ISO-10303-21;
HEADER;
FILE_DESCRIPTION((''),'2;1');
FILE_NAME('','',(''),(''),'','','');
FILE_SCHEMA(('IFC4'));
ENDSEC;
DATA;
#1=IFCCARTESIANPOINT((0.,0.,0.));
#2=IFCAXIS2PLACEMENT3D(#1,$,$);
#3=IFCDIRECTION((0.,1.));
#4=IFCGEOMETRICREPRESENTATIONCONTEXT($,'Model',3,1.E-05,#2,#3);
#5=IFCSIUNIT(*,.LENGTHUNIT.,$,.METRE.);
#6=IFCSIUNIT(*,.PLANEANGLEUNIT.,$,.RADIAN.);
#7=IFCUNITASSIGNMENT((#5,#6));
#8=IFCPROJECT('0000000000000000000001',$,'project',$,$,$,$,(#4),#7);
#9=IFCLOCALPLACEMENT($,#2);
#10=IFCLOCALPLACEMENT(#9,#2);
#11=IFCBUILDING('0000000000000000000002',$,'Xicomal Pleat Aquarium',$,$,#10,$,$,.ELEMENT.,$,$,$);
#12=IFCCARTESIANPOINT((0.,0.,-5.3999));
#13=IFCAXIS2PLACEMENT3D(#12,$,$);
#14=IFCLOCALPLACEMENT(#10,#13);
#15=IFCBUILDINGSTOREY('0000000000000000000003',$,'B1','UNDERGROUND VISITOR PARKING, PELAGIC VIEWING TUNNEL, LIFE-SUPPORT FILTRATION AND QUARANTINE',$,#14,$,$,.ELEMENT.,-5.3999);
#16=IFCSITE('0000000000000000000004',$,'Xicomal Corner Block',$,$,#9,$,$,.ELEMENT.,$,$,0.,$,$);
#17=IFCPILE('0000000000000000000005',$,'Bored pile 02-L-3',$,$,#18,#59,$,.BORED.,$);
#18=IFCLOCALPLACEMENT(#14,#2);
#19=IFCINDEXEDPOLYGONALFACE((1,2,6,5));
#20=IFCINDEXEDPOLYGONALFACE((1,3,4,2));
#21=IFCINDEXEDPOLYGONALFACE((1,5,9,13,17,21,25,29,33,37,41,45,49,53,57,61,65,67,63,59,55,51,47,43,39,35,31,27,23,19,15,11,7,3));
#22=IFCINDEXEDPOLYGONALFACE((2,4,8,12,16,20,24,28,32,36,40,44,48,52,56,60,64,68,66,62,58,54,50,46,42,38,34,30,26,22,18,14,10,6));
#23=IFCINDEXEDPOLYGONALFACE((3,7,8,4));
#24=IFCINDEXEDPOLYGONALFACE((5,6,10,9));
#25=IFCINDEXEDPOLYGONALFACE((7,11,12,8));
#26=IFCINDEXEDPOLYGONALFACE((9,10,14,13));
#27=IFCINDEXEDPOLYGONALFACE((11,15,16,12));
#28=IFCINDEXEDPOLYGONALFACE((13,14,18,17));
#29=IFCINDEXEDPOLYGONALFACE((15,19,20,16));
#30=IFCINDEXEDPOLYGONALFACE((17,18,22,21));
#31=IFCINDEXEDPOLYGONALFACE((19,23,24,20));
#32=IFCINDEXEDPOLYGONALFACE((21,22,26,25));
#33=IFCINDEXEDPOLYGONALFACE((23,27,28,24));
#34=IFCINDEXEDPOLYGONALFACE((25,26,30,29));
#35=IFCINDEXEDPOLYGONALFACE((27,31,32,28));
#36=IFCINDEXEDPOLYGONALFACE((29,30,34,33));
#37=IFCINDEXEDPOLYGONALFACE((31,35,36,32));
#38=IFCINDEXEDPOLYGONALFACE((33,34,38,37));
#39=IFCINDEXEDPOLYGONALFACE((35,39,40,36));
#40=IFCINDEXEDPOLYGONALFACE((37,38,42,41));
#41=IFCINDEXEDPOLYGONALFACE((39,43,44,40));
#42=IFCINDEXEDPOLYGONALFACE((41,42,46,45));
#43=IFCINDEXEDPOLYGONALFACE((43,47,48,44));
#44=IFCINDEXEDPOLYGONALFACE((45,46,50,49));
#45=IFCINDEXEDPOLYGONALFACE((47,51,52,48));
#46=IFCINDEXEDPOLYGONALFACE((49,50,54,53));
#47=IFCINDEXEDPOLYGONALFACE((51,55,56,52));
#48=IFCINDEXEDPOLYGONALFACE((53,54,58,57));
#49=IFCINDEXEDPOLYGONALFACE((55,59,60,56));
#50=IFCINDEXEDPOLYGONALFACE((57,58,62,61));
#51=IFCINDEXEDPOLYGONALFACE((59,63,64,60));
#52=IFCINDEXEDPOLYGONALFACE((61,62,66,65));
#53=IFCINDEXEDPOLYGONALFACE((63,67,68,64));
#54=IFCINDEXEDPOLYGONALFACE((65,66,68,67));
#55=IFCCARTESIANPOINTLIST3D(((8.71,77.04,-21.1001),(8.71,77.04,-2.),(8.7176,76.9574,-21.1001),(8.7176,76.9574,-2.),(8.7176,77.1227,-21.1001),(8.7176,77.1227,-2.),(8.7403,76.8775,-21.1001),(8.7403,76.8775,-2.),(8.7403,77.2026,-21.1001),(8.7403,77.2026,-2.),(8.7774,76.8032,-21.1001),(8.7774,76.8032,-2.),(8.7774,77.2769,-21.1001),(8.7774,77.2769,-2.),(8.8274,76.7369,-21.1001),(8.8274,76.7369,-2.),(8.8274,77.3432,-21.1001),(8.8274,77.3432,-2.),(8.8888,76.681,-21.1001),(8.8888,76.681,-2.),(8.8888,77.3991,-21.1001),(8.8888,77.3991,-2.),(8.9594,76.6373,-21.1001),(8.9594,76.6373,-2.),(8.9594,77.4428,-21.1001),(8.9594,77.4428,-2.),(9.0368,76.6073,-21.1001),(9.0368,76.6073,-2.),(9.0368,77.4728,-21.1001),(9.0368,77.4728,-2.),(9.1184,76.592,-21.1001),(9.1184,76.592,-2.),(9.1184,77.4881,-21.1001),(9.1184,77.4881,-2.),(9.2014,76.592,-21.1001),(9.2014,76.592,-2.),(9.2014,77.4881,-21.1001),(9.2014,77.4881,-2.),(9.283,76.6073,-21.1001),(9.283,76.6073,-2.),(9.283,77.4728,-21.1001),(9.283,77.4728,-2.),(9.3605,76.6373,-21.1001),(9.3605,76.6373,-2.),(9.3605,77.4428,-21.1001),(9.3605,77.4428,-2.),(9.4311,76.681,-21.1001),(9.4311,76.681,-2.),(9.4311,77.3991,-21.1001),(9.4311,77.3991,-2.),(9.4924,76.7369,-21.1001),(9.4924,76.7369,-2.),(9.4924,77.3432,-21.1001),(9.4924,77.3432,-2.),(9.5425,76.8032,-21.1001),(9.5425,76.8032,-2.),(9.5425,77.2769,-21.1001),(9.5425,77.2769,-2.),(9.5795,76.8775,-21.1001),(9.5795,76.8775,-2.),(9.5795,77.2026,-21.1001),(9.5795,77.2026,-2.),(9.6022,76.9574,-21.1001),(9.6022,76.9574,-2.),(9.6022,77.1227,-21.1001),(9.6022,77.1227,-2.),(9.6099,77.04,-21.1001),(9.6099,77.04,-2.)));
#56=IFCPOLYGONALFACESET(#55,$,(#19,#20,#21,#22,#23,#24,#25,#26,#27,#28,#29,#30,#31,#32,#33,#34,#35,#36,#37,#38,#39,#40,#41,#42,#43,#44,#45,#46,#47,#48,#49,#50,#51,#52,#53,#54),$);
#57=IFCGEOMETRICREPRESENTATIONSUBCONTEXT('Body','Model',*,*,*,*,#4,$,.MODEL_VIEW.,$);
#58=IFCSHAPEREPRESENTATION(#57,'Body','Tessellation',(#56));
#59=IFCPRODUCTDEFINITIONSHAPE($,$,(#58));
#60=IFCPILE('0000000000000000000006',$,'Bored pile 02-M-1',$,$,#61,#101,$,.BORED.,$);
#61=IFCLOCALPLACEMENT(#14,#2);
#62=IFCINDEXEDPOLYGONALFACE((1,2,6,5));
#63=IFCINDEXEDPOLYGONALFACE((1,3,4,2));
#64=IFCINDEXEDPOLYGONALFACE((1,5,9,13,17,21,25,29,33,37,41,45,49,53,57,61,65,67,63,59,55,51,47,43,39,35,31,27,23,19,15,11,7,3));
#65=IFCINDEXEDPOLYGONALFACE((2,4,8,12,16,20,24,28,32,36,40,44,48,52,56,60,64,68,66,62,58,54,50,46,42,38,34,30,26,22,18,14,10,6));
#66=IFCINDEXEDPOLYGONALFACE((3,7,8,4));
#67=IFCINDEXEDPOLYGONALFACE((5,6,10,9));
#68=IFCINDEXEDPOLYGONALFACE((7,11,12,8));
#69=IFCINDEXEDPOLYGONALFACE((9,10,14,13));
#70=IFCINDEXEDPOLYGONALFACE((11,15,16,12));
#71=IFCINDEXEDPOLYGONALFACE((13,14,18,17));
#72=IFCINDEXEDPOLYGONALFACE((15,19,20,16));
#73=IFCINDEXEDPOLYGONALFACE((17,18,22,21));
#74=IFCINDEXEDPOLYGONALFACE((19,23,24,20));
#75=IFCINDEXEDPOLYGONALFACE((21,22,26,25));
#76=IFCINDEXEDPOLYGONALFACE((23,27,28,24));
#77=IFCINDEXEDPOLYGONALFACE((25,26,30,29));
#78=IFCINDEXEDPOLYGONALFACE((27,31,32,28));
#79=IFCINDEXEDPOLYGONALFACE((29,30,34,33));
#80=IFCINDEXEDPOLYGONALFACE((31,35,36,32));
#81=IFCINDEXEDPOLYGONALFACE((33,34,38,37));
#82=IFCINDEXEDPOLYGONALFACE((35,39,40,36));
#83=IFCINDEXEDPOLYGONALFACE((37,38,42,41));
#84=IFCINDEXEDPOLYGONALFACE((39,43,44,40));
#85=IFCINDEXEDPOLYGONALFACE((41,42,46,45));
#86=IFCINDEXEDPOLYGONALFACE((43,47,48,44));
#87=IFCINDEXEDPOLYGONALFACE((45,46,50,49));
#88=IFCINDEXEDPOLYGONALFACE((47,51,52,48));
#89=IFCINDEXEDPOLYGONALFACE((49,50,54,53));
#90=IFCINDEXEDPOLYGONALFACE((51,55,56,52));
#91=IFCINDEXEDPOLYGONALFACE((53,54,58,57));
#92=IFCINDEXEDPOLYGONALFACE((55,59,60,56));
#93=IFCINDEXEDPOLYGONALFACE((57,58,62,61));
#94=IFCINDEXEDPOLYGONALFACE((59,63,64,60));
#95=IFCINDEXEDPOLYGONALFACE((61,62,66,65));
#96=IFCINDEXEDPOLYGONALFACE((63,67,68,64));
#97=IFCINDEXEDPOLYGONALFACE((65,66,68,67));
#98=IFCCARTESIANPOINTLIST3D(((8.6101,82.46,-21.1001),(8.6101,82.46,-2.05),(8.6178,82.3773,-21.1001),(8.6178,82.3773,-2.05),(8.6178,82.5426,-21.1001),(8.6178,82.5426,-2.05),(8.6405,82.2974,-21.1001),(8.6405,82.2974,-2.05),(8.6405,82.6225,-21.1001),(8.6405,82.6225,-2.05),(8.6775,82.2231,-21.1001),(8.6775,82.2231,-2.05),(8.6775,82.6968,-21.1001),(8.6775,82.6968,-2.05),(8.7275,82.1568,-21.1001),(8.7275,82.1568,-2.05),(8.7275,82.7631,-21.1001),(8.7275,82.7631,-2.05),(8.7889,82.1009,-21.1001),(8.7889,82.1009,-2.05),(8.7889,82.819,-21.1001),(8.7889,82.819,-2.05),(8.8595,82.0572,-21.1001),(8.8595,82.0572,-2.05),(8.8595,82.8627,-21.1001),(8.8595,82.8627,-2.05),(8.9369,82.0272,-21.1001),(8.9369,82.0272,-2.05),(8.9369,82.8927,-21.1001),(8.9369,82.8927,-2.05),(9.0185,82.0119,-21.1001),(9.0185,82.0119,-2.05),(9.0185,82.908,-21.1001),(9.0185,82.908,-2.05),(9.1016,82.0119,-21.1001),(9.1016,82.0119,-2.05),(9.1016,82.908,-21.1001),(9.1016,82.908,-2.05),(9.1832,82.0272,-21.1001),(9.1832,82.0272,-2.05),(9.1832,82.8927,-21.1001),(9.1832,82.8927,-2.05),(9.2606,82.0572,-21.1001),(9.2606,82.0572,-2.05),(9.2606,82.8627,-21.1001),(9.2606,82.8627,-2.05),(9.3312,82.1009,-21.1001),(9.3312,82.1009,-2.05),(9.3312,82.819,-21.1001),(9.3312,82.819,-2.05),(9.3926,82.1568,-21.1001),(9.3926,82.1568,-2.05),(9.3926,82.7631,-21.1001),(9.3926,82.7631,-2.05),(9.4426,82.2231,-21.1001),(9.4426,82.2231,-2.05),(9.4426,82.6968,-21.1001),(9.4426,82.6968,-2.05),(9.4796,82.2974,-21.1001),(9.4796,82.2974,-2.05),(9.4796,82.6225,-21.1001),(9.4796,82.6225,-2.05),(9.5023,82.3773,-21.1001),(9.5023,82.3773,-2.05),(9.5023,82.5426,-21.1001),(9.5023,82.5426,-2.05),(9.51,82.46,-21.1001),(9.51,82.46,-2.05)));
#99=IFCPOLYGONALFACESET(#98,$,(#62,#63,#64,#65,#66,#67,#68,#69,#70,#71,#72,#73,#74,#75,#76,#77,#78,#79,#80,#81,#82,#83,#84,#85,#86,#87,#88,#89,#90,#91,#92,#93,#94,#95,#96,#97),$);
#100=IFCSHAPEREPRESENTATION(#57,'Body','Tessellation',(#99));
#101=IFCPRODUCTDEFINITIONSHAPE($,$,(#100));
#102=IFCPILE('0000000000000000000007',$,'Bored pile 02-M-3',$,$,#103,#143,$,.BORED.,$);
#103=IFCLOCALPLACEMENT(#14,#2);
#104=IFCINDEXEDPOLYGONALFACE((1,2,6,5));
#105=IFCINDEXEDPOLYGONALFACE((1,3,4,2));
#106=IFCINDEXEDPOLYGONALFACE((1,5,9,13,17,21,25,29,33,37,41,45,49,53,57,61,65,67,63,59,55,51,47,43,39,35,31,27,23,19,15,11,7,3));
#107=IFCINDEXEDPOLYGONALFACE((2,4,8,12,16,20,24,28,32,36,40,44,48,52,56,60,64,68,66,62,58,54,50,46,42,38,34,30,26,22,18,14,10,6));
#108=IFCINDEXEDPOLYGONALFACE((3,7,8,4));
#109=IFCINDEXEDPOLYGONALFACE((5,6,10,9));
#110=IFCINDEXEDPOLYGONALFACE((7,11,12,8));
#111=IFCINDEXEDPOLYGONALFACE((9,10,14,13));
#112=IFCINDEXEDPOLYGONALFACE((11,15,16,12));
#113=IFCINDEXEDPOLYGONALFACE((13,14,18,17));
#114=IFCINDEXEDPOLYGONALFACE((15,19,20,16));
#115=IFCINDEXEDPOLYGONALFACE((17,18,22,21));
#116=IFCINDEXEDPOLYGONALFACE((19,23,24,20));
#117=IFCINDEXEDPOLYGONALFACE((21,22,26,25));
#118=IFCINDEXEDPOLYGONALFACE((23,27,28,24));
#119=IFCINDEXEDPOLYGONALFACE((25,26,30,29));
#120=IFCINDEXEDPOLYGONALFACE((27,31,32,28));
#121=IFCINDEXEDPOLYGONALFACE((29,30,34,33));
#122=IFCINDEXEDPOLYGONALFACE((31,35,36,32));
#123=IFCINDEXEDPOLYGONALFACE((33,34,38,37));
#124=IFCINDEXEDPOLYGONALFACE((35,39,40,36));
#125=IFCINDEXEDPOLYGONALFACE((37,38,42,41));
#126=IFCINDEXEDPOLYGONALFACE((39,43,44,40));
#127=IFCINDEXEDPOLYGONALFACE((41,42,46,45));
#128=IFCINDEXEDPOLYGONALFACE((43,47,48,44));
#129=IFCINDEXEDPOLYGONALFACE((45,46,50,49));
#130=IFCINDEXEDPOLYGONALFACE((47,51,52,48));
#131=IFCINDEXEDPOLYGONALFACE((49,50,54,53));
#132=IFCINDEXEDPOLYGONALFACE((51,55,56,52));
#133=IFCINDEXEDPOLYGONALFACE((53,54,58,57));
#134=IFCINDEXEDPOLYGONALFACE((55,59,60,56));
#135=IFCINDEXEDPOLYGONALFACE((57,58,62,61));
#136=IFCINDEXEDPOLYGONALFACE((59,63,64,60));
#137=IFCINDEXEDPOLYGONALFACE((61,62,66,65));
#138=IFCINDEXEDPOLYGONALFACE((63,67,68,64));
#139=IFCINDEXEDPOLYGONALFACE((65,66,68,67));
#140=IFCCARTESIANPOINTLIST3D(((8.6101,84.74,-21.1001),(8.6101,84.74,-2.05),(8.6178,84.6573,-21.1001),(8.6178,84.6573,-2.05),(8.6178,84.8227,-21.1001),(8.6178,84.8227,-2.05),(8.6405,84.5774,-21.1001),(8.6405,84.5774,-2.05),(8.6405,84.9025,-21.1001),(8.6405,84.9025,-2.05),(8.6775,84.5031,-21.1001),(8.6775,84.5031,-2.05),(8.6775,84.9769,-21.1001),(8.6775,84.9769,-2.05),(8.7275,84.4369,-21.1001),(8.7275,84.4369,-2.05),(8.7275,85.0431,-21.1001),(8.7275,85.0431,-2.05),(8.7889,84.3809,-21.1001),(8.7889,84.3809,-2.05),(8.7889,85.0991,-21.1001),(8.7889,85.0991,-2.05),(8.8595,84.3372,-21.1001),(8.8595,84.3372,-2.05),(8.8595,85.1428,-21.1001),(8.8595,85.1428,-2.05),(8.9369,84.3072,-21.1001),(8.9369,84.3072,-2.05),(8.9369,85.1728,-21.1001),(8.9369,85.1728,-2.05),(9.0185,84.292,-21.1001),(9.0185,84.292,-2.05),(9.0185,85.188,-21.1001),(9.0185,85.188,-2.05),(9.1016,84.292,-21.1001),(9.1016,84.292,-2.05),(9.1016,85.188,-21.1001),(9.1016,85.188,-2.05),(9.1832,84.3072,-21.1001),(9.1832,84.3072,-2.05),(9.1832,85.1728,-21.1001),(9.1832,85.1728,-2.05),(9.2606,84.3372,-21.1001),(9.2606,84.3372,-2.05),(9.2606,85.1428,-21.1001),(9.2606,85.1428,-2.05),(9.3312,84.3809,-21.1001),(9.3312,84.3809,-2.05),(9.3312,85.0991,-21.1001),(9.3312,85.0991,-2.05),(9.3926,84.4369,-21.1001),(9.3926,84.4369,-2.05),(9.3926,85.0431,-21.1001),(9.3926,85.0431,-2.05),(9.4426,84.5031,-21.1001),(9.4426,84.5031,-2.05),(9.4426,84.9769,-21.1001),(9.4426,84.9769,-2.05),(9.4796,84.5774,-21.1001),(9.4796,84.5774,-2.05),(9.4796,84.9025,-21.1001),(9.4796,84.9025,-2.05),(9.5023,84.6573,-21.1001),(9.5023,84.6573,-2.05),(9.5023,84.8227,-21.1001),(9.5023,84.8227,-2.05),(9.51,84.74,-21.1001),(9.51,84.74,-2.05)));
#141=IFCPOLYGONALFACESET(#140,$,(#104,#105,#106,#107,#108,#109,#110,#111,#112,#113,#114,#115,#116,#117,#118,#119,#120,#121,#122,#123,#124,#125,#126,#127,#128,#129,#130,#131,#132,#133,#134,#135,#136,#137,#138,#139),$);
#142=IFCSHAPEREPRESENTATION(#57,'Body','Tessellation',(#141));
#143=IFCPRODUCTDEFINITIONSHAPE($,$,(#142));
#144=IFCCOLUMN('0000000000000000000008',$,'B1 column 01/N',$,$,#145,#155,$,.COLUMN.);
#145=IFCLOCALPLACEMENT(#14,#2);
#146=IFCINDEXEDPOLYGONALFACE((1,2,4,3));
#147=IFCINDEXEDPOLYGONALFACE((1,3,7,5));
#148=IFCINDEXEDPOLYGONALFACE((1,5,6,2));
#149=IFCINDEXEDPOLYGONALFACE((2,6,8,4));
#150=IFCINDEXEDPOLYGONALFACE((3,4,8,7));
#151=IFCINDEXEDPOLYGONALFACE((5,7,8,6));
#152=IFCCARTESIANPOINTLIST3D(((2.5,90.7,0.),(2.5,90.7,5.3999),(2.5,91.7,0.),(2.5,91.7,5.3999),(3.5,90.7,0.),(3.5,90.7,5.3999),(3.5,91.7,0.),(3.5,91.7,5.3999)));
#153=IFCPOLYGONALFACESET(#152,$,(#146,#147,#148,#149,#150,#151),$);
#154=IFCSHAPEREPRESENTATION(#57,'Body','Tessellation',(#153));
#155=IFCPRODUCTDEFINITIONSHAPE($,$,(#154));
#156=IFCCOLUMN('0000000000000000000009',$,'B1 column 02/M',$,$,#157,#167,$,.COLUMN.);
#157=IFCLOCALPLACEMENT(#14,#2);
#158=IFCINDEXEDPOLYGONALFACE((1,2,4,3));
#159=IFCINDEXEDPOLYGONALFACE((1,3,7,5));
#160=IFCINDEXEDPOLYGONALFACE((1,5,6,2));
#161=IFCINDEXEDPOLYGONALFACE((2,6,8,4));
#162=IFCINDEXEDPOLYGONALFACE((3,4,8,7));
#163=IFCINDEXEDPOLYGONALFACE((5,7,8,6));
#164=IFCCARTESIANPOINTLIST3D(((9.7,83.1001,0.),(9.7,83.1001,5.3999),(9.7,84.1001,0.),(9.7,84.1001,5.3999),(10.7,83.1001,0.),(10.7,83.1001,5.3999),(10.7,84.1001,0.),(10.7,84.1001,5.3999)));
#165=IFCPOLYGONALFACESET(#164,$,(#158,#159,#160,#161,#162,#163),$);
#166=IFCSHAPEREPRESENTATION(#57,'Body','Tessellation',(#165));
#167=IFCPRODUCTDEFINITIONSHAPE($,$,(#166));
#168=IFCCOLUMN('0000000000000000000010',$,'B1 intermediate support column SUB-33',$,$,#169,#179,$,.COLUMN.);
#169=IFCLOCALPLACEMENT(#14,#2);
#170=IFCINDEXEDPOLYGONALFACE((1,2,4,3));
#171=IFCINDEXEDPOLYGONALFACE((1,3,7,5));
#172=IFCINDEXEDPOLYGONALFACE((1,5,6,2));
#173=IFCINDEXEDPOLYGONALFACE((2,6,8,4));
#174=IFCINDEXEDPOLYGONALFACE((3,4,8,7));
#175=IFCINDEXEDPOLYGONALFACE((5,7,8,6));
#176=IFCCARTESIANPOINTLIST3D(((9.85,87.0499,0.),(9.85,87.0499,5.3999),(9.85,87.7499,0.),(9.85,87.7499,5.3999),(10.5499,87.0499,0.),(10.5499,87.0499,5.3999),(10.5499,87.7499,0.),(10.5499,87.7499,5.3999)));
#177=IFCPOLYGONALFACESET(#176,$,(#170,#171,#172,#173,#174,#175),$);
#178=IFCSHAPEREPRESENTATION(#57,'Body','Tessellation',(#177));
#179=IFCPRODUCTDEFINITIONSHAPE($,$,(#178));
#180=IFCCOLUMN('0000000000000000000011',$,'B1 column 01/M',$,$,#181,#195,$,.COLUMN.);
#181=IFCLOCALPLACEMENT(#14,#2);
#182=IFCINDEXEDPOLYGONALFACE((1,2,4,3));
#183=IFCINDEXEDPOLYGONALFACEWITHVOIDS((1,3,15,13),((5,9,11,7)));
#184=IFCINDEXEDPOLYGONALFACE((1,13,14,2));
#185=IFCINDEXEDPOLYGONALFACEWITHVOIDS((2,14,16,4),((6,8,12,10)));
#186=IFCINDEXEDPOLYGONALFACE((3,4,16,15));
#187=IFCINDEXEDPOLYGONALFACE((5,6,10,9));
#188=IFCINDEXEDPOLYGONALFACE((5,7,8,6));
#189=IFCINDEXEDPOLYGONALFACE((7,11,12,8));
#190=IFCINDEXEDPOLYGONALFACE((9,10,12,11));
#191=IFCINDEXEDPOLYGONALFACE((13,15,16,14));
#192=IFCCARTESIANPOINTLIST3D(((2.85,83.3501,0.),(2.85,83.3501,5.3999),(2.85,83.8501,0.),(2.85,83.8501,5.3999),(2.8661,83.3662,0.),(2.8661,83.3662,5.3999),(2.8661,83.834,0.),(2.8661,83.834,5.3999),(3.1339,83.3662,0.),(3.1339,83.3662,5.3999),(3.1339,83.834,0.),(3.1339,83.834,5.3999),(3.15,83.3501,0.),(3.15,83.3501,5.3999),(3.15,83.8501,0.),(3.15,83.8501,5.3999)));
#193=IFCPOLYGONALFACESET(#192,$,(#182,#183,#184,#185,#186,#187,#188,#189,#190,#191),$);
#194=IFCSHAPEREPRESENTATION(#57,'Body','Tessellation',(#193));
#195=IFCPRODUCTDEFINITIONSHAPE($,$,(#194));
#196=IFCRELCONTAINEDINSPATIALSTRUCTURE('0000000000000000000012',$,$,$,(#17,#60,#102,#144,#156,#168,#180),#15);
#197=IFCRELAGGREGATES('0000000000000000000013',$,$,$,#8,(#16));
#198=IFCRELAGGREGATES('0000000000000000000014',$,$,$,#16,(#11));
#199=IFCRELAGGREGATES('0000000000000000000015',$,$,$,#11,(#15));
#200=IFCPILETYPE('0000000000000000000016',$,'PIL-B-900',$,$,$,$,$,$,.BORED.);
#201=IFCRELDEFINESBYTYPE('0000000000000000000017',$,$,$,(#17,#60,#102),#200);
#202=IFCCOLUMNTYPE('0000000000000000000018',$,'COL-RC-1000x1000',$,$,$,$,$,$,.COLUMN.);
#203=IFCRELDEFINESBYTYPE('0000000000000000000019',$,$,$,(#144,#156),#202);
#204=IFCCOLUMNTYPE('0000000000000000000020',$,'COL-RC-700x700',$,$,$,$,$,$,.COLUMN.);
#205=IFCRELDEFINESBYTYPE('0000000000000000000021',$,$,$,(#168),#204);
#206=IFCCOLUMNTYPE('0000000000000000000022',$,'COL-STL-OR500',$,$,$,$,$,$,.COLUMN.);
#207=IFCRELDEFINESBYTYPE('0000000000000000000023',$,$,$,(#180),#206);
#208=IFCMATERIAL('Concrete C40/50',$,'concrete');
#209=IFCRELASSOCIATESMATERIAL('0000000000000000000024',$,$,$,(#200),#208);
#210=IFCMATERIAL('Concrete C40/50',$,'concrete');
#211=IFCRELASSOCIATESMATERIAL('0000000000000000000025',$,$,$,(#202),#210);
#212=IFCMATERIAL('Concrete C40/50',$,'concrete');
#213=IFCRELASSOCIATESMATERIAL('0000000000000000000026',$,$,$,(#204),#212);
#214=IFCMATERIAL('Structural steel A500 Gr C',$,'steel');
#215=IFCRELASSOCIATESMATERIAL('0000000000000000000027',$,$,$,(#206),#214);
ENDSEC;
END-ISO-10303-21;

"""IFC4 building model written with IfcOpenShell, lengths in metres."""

from ifc_helpers import new_model, si_unit, direction, frame, origin, origin_2d, place, context, subcontext, project, spatial, rectangle, hollow_rectangle, circle, extrude, material, material_profile, profile_set, type_object, element, save


model = new_model("IFC4")

# Units and contexts
model_context = context("Model", 3, precision=1e-05, world=origin(), true_north=direction((0.0, 1.0)))
body_context = subcontext(model_context, "Body", "Model", "MODEL_VIEW")
ifc_project = project(units=[si_unit("LENGTHUNIT", "METRE"), si_unit("PLANEANGLEUNIT", "RADIAN")], contexts=[model_context])

# Site, building, storey
site_placement = place(None, origin())
site = spatial("IfcSite", under=ifc_project, at=site_placement, Name="Xicomal Corner Block", CompositionType="ELEMENT", RefElevation=0.0)
building_placement = place(site_placement, origin())
building = spatial("IfcBuilding", under=site, at=building_placement, Name="Xicomal Pleat Aquarium", CompositionType="ELEMENT")
storey_placement = place(building_placement, frame((0.0, 0.0, -5.3999)))
storey = spatial("IfcBuildingStorey", under=building, at=storey_placement, Name="B1", Description="UNDERGROUND VISITOR PARKING, PELAGIC VIEWING TUNNEL, LIFE-SUPPORT FILTRATION AND QUARANTINE", CompositionType="ELEMENT", Elevation=-5.3999)

# Piles
ifc_material_1 = material(Name="Concrete C40/50", Category="concrete")
ifc_material_profile_1 = material_profile(ifc_material_1, circle(Radius=0.45, at=origin_2d()), Name="BORED PILE D900")
ifc_profile_set_1 = profile_set([ifc_material_profile_1], Name="Concrete C40/50")
pile_type_1 = type_object("IfcPileType", Name="PIL-B-900", PredefinedType="BORED", material=ifc_profile_set_1)
pile_1_placement = place(storey_placement, frame((9.1599, 77.04, -2.0), z_axis=(0.0, 0.0, -1.0), x_axis=(1.0, 0.0, 0.0)))
element("IfcPile", 1, at=pile_1_placement, inside=storey, type_object=pile_type_1, Name="Bored pile 02-L-3", PredefinedType="BORED", context=body_context, shape_type="SweptSolid", body=[
    extrude(circle(Radius=0.45, at=origin_2d()), origin(), (0.0, 0.0, 1.0), 19.1001),
])
for number, where, z_axis, x_axis, name in (
    (2, (9.0601, 82.46, -2.05), (0.0, 0.0, -1.0), (1.0, 0.0, 0.0), "Bored pile 02-M-1"),
    (3, (9.0601, 84.74, -2.05), (0.0, 0.0, -1.0), (1.0, 0.0, 0.0), "Bored pile 02-M-3"),
):
    element("IfcPile", number, at=place(storey_placement, frame(where, z_axis=z_axis, x_axis=x_axis)), inside=storey, type_object=pile_type_1, Name=name, PredefinedType="BORED", context=body_context, shape_type="SweptSolid", body=[
        extrude(circle(Radius=0.45, at=origin_2d()), origin(), (0.0, 0.0, 1.0), 19.05),
    ])

# Columns
ifc_material_2 = material(Name="Concrete C40/50", Category="concrete")
ifc_material_profile_2 = material_profile(ifc_material_2, rectangle(XDim=1.0, YDim=1.0, at=origin_2d()), Name="RC 1000x1000")
ifc_profile_set_2 = profile_set([ifc_material_profile_2], Name="Concrete C40/50")
column_type_1 = type_object("IfcColumnType", Name="COL-RC-1000x1000", PredefinedType="COLUMN", material=ifc_profile_set_2)
for number, where, z_axis, x_axis, name in (
    (4, (3.0, 91.2, 0.0), (0.0, 0.0, 1.0), (1.0, 0.0, 0.0), "B1 column 01/N"),
    (5, (10.2, 83.6001, 0.0), (0.0, 0.0, 1.0), (1.0, 0.0, 0.0), "B1 column 02/M"),
):
    element("IfcColumn", number, at=place(storey_placement, frame(where, z_axis=z_axis, x_axis=x_axis)), inside=storey, type_object=column_type_1, Name=name, PredefinedType="COLUMN", context=body_context, shape_type="SweptSolid", body=[
        extrude(rectangle(XDim=1.0, YDim=1.0, at=origin_2d()), origin(), (0.0, 0.0, 1.0), 5.3999),
    ])
ifc_material_3 = material(Name="Concrete C40/50", Category="concrete")
ifc_material_profile_3 = material_profile(ifc_material_3, rectangle(XDim=0.7, YDim=0.7, at=origin_2d()), Name="RC 700x700")
ifc_profile_set_3 = profile_set([ifc_material_profile_3], Name="Concrete C40/50")
column_type_2 = type_object("IfcColumnType", Name="COL-RC-700x700", PredefinedType="COLUMN", material=ifc_profile_set_3)
column_1_placement = place(storey_placement, frame((10.2, 87.3999, 0.0), z_axis=(0.0, 0.0, 1.0), x_axis=(1.0, 0.0, 0.0)))
element("IfcColumn", 6, at=column_1_placement, inside=storey, type_object=column_type_2, Name="B1 intermediate support column SUB-33", PredefinedType="COLUMN", context=body_context, shape_type="SweptSolid", body=[
    extrude(rectangle(XDim=0.7, YDim=0.7, at=origin_2d()), origin(), (0.0, 0.0, 1.0), 5.3999),
])
ifc_material_4 = material(Name="Structural steel A500 Gr C", Category="steel")
ifc_material_profile_4 = material_profile(ifc_material_4, hollow_rectangle(XDim=0.3, YDim=0.5, WallThickness=0.0161, at=origin_2d()), Name="OR 500x300x16")
ifc_profile_set_4 = profile_set([ifc_material_profile_4], Name="Structural steel A500 Gr C")
column_type_3 = type_object("IfcColumnType", Name="COL-STL-OR500", PredefinedType="COLUMN", material=ifc_profile_set_4)
column_2_placement = place(storey_placement, frame((3.0, 83.6001, 0.0), z_axis=(0.0, 0.0, 1.0), x_axis=(1.0, 0.0, 0.0)))
element("IfcColumn", 7, at=column_2_placement, inside=storey, type_object=column_type_3, Name="B1 column 01/M", PredefinedType="COLUMN", context=body_context, shape_type="SweptSolid", body=[
    extrude(hollow_rectangle(XDim=0.3, YDim=0.5, WallThickness=0.0161, at=origin_2d()), origin(), (0.0, 0.0, 1.0), 5.3999),
])

save(model, "model.ifc")
